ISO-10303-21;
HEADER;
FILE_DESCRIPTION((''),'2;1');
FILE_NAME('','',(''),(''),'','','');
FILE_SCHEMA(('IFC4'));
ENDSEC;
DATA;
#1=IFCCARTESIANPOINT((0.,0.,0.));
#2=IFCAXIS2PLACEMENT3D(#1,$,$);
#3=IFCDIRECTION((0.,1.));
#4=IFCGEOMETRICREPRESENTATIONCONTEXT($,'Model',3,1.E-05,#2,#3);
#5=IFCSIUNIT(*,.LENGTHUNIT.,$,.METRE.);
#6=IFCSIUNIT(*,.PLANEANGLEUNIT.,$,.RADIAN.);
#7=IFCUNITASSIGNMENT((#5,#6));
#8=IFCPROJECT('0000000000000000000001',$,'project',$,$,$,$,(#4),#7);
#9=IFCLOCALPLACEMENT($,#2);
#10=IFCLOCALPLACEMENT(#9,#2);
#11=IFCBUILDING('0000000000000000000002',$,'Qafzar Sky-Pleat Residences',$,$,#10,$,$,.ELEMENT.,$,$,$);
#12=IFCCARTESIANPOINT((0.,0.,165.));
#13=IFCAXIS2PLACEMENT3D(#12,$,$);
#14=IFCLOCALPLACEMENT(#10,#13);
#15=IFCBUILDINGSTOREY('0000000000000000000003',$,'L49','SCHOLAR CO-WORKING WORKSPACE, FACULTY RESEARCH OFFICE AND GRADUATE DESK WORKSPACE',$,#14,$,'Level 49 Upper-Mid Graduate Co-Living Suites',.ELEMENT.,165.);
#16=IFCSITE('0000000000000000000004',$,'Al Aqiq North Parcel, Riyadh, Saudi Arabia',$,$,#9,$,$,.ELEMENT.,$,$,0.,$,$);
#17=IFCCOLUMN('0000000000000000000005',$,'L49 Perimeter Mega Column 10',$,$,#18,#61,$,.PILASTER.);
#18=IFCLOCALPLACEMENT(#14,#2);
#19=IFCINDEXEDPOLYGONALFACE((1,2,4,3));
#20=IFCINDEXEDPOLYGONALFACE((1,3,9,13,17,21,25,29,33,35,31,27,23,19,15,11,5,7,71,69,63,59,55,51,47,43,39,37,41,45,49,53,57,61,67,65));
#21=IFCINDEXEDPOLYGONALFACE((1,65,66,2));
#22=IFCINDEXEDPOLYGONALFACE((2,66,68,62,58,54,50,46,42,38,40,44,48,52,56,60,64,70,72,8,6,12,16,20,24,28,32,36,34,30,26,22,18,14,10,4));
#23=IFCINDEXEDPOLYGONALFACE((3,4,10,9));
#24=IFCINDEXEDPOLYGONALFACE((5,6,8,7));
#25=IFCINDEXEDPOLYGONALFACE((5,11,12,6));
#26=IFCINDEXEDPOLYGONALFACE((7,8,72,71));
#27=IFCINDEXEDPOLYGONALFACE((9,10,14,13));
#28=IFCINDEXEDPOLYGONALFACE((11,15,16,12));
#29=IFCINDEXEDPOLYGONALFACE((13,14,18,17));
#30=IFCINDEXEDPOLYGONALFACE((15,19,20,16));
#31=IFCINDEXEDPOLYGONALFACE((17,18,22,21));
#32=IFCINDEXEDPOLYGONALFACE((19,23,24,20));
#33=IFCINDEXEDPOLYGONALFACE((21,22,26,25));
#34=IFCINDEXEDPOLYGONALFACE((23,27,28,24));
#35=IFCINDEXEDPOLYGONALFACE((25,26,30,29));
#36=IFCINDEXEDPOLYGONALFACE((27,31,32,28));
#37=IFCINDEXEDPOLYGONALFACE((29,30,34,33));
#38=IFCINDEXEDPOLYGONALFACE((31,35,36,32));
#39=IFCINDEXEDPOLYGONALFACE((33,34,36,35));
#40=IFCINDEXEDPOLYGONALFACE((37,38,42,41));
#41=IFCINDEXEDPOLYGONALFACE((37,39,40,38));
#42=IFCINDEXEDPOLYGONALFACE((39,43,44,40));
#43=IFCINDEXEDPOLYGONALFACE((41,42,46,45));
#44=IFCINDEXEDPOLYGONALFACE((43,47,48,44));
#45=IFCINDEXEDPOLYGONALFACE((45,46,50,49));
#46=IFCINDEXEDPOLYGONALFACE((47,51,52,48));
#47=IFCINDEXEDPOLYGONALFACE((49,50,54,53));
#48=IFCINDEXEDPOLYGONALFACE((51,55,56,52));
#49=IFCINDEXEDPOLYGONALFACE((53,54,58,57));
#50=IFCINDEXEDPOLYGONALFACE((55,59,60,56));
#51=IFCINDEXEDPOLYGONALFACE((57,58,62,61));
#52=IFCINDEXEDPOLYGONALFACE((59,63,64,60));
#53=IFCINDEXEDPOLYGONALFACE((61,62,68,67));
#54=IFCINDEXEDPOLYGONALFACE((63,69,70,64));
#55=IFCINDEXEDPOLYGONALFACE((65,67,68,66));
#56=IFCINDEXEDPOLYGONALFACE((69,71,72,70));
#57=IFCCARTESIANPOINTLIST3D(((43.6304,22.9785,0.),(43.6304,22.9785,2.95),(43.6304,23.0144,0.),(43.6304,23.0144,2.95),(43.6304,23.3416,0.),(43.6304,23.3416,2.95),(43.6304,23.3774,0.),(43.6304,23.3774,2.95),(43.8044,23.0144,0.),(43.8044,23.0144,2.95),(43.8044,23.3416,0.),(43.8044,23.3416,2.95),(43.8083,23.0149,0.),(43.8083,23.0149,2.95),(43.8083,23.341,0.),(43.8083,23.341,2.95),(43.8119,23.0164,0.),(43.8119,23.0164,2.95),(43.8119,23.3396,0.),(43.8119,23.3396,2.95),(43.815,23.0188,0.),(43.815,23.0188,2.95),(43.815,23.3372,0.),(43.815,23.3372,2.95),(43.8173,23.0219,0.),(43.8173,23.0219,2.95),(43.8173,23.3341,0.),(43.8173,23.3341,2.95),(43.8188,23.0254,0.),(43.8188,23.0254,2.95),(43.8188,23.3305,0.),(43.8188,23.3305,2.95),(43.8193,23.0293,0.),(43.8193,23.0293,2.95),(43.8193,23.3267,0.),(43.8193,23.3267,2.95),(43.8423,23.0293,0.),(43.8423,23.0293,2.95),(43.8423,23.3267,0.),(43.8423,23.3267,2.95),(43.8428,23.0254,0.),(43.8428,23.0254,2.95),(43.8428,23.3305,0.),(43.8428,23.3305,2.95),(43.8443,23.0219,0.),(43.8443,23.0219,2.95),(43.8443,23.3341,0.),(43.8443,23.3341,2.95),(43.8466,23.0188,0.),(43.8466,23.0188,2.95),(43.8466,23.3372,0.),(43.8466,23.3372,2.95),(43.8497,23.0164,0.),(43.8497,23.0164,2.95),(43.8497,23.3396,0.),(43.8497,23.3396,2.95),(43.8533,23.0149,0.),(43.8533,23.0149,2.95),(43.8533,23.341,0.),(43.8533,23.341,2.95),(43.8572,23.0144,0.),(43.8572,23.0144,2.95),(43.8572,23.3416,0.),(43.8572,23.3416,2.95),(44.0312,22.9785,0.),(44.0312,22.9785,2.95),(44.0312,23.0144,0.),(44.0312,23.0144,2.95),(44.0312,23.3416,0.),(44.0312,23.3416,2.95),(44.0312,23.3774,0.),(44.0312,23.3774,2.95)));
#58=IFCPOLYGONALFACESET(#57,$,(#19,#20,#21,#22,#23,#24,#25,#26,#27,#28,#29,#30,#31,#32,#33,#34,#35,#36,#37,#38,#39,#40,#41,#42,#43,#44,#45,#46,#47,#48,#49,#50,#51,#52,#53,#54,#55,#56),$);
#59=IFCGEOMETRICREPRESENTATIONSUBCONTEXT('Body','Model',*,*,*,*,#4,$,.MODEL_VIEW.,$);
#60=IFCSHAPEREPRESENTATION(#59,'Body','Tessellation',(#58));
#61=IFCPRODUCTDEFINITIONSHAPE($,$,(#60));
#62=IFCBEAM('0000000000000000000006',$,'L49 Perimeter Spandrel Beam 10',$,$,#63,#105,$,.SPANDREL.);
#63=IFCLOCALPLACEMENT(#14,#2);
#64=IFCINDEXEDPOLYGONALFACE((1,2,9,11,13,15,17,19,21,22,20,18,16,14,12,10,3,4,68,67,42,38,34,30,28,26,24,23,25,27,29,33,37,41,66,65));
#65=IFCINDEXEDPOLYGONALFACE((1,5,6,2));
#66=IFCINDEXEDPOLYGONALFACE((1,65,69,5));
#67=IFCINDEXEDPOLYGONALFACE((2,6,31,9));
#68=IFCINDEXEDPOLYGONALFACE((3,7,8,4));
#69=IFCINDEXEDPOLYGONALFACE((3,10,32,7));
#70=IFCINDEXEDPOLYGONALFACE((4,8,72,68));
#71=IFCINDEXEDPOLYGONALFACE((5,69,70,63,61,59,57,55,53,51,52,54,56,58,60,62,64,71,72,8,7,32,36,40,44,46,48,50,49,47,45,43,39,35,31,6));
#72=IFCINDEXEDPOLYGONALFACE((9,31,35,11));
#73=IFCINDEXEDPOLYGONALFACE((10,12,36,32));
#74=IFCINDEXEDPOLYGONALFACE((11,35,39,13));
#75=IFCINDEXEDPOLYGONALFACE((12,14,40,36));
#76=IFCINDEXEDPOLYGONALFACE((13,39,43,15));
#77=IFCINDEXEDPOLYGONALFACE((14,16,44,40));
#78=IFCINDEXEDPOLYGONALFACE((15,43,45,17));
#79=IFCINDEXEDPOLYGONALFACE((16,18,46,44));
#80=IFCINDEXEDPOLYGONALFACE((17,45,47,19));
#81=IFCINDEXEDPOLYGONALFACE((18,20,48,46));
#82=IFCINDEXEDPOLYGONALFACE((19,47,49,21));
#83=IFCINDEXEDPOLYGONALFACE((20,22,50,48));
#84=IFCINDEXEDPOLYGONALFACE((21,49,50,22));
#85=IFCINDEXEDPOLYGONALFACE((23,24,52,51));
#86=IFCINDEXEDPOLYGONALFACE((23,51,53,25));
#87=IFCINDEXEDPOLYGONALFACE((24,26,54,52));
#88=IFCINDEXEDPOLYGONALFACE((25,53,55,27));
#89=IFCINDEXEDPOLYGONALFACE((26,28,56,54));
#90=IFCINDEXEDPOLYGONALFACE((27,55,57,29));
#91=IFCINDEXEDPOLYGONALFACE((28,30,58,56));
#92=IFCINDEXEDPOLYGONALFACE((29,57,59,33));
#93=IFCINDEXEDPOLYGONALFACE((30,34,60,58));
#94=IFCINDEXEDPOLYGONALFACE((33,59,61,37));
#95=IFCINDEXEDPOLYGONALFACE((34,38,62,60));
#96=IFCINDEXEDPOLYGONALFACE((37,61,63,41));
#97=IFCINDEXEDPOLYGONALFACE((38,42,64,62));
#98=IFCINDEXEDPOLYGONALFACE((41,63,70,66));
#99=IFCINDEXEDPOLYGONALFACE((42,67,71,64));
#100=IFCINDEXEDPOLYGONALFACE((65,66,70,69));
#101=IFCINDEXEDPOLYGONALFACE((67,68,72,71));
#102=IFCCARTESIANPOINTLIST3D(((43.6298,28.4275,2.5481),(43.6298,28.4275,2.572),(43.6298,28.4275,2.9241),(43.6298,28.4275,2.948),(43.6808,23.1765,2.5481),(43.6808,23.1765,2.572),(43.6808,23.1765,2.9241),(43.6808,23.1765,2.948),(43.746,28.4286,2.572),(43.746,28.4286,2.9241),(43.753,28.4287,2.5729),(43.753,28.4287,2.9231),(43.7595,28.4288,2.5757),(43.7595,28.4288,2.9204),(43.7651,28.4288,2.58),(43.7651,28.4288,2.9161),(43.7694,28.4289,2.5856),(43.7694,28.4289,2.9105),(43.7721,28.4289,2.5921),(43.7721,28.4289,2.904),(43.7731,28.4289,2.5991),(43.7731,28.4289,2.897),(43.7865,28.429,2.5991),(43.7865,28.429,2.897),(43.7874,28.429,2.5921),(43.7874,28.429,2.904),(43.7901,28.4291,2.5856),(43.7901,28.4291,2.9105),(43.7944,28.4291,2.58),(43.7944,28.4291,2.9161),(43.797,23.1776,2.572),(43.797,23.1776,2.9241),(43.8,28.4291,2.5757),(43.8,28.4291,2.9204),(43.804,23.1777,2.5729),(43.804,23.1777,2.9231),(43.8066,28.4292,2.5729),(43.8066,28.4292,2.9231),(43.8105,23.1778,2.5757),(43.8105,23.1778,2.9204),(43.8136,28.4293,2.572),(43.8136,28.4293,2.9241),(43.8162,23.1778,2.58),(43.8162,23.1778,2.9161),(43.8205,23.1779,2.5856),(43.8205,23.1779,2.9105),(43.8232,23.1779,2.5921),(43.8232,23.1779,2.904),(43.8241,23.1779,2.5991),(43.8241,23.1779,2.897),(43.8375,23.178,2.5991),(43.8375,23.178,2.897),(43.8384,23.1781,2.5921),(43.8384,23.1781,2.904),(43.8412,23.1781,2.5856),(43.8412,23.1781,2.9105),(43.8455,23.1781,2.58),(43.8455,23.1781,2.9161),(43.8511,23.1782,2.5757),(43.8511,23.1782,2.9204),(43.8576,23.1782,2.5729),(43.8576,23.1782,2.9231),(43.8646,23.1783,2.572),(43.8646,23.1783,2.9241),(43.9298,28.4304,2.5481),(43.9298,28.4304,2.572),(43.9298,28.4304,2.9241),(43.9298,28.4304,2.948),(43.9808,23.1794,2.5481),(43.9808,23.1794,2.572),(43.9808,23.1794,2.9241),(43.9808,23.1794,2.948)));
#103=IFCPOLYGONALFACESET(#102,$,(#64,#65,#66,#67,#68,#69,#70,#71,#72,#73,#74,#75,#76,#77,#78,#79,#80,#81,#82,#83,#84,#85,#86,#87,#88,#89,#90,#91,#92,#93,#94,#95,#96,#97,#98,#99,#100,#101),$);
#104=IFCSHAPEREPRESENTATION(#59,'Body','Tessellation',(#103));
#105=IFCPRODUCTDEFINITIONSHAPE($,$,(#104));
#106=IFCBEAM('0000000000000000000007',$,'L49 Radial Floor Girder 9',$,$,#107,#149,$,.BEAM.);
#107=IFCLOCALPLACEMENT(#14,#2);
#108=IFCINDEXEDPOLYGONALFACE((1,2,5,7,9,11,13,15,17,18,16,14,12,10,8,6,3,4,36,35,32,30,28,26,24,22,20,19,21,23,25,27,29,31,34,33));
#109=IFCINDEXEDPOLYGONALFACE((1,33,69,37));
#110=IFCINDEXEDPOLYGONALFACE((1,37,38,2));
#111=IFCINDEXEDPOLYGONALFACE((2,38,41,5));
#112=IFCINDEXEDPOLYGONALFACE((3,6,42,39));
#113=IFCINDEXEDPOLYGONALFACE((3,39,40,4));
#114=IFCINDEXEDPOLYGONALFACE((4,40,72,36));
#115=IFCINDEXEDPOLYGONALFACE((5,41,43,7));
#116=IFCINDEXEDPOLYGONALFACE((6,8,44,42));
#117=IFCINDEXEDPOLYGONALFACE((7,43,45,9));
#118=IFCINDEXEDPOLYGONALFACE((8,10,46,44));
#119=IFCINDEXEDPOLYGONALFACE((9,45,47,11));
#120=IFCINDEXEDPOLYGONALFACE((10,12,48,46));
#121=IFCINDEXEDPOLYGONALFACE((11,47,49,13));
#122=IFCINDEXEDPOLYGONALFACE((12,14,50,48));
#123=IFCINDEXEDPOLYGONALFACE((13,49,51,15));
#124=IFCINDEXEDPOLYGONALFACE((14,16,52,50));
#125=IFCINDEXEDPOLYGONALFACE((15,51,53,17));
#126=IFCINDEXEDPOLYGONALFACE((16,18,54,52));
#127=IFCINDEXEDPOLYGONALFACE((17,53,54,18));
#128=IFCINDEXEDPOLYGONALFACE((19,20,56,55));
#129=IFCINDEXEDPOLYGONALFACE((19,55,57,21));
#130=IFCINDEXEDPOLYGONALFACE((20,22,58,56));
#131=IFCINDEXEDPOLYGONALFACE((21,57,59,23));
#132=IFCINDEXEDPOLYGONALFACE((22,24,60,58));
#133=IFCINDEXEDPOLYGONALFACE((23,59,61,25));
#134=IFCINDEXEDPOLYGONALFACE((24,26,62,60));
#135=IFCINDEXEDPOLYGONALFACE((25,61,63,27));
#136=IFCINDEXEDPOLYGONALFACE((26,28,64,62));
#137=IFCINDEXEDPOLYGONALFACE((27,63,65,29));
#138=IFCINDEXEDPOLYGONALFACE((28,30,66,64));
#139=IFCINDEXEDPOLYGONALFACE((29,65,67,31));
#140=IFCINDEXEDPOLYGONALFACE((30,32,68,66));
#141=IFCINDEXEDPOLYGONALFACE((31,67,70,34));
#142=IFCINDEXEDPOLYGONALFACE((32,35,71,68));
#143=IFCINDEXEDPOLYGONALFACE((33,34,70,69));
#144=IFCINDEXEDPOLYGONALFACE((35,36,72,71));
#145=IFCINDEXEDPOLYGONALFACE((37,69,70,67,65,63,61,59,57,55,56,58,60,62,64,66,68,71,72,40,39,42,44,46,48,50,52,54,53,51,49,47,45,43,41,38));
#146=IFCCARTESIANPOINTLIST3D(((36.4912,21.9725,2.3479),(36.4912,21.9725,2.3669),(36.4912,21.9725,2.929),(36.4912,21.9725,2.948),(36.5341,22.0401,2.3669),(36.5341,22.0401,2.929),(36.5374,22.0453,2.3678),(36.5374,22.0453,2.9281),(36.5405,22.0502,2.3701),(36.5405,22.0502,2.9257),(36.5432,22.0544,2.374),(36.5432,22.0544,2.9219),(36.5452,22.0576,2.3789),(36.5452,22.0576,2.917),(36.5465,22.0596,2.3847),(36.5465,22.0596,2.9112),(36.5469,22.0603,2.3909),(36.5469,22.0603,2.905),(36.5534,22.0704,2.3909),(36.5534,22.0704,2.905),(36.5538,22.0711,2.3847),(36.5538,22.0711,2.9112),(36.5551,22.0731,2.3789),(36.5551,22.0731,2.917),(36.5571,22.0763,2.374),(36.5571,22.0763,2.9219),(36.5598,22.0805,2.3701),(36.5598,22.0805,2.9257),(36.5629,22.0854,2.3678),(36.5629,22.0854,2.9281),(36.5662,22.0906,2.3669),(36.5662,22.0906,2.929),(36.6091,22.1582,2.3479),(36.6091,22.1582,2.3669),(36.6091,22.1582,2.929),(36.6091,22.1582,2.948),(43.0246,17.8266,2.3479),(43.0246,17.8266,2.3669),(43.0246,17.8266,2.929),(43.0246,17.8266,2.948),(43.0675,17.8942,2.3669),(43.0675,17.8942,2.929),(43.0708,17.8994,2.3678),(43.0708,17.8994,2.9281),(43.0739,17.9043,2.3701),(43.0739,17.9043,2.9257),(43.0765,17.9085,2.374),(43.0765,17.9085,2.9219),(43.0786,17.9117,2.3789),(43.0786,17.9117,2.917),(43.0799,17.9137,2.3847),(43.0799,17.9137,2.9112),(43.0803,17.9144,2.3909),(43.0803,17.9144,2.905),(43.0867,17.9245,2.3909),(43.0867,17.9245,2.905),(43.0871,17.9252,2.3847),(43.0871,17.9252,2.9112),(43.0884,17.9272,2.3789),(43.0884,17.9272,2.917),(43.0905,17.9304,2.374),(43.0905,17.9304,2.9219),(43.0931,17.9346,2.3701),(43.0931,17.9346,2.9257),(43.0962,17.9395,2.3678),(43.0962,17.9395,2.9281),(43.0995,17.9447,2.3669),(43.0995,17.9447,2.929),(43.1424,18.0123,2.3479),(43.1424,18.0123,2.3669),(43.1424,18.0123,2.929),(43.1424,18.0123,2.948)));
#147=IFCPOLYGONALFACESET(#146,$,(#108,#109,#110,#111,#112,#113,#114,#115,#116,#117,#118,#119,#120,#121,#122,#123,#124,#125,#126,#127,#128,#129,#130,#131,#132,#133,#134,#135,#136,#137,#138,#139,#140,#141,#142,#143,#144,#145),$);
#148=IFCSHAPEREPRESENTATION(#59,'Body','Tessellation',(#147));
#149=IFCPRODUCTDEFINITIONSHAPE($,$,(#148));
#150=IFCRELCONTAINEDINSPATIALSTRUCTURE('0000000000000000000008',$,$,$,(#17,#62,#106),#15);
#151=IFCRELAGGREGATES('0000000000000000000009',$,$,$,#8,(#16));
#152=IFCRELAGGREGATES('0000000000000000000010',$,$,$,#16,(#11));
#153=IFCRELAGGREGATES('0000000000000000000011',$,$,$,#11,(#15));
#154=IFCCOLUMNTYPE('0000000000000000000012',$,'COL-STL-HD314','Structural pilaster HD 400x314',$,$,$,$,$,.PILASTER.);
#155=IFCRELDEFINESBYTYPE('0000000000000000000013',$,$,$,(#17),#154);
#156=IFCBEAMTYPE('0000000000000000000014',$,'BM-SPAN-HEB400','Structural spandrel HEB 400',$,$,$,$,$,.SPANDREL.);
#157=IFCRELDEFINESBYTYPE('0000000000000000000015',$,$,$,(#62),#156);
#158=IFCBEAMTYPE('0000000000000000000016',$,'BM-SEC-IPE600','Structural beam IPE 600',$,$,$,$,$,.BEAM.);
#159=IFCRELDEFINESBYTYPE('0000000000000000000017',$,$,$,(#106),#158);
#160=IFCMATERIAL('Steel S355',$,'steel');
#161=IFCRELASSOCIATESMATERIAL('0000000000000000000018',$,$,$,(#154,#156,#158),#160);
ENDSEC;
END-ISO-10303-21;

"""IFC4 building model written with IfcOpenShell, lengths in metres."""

from ifc_helpers import new_model, si_unit, direction, frame, origin, origin_2d, place, context, subcontext, project, spatial, i_section, extrude, source, transform, mapped, material, material_profile, profile_set, type_object, element, save


model = new_model("IFC4")

# Units and contexts
model_context = context("Model", 3, precision=1e-05, world=origin(), true_north=direction((0.0, 1.0)))
body_context = subcontext(model_context, "Body", "Model", "MODEL_VIEW")
ifc_project = project(units=[si_unit("LENGTHUNIT", "METRE"), si_unit("PLANEANGLEUNIT", "RADIAN")], contexts=[model_context])

# Site, building, storey
site_placement = place(None, origin())
site = spatial("IfcSite", under=ifc_project, at=site_placement, Name="Al Aqiq North Parcel, Riyadh, Saudi Arabia", CompositionType="ELEMENT", RefElevation=0.0)
building_placement = place(site_placement, origin())
building = spatial("IfcBuilding", under=site, at=building_placement, Name="Qafzar Sky-Pleat Residences", CompositionType="ELEMENT")
storey_placement = place(building_placement, frame((0.0, 0.0, 165.0)))
storey = spatial("IfcBuildingStorey", under=building, at=storey_placement, Name="L49", Description="SCHOLAR CO-WORKING WORKSPACE, FACULTY RESEARCH OFFICE AND GRADUATE DESK WORKSPACE", LongName="Level 49 Upper-Mid Graduate Co-Living Suites", CompositionType="ELEMENT", Elevation=165.0)

# Column
ifc_material_1 = material(Name="Steel S355", Category="steel")
ifc_material_profile_1 = material_profile(ifc_material_1, i_section(OverallWidth=0.4009, OverallDepth=0.3989, WebThickness=0.0229, FlangeThickness=0.0359, FilletRadius=0.0149, at=origin_2d()), Name="HD 400x314")
ifc_profile_set_1 = profile_set([ifc_material_profile_1], Name="Steel S355")
column_type = type_object("IfcColumnType", Name="COL-STL-HD314", Description="Structural pilaster HD 400x314", PredefinedType="PILASTER", material=ifc_profile_set_1)
shared_shape_1 = source(origin(), body_context, "Body", "SweptSolid", [
    extrude(i_section(OverallWidth=0.4009, OverallDepth=0.3989, WebThickness=0.0229, FlangeThickness=0.0359, FilletRadius=0.0149, at=origin_2d()), origin(), (0.0, 0.0, 1.0), 2.95),
])
column_placement = place(storey_placement, frame((43.8308, 23.178, 0.0), z_axis=(0.0, 0.0, 1.0), x_axis=(1.0, 0.0, 0.0)))
element("IfcColumn", 1, at=column_placement, inside=storey, type_object=column_type, Name="L49 Perimeter Mega Column 10", PredefinedType="PILASTER", context=body_context, shape_type="MappedRepresentation", body=[
    mapped(shared_shape_1, transform((0.0, 0.0, 0.0), x_axis=(1.0, 0.0, 0.0), y_axis=(0.0, 1.0, 0.0), z_axis=(0.0, 0.0, 1.0), scale=1.0)),
])

# Beams
ifc_material_profile_2 = material_profile(ifc_material_1, i_section(OverallWidth=0.3, OverallDepth=0.3999, WebThickness=0.0134, FlangeThickness=0.0239, FilletRadius=0.0271, at=origin_2d()), Name="HEB 400")
ifc_profile_set_2 = profile_set([ifc_material_profile_2], Name="Steel S355")
beam_type_1 = type_object("IfcBeamType", Name="BM-SPAN-HEB400", Description="Structural spandrel HEB 400", PredefinedType="SPANDREL", material=ifc_profile_set_2)
shared_shape_2 = source(origin(), body_context, "Body", "SweptSolid", [
    extrude(i_section(OverallWidth=0.3, OverallDepth=0.3999, WebThickness=0.0134, FlangeThickness=0.0239, FilletRadius=0.0271, at=origin_2d()), origin(), (0.0, 0.0, 1.0), 5.2512),
])
beam_1_placement = place(storey_placement, frame((43.8308, 23.178, 2.748), z_axis=(-0.009717, 0.999953, 0.0), x_axis=(-0.999953, -0.009717, 0.0)))
element("IfcBeam", 2, at=beam_1_placement, inside=storey, type_object=beam_type_1, Name="L49 Perimeter Spandrel Beam 10", PredefinedType="SPANDREL", context=body_context, shape_type="MappedRepresentation", body=[
    mapped(shared_shape_2, transform((0.0, 0.0, 0.0), x_axis=(1.0, 0.0, 0.0), y_axis=(0.0, 1.0, 0.0), z_axis=(0.0, 0.0, 1.0), scale=1.0)),
])
ifc_material_profile_3 = material_profile(ifc_material_1, i_section(OverallWidth=0.22, OverallDepth=0.6001, WebThickness=0.012, FlangeThickness=0.019, FilletRadius=0.0239, at=origin_2d()), Name="IPE 600")
ifc_profile_set_3 = profile_set([ifc_material_profile_3], Name="Steel S355")
beam_type_2 = type_object("IfcBeamType", Name="BM-SEC-IPE600", Description="Structural beam IPE 600", PredefinedType="BEAM", material=ifc_profile_set_3)
shared_shape_3 = source(origin(), body_context, "Body", "SweptSolid", [
    extrude(i_section(OverallWidth=0.22, OverallDepth=0.6001, WebThickness=0.012, FlangeThickness=0.019, FilletRadius=0.0239, at=origin_2d()), origin(), (0.0, 0.0, 1.0), 7.7378),
])
beam_2_placement = place(storey_placement, frame((43.0835, 17.9194, 2.6479), z_axis=(-0.844343, 0.535803, 0.0), x_axis=(-0.535803, -0.844343, 0.0)))
element("IfcBeam", 3, at=beam_2_placement, inside=storey, type_object=beam_type_2, Name="L49 Radial Floor Girder 9", PredefinedType="BEAM", context=body_context, shape_type="MappedRepresentation", body=[
    mapped(shared_shape_3, transform((0.0, 0.0, 0.0), x_axis=(1.0, 0.0, 0.0), y_axis=(0.0, 1.0, 0.0), z_axis=(0.0, 0.0, 1.0), scale=1.0)),
])

save(model, "model.ifc")
